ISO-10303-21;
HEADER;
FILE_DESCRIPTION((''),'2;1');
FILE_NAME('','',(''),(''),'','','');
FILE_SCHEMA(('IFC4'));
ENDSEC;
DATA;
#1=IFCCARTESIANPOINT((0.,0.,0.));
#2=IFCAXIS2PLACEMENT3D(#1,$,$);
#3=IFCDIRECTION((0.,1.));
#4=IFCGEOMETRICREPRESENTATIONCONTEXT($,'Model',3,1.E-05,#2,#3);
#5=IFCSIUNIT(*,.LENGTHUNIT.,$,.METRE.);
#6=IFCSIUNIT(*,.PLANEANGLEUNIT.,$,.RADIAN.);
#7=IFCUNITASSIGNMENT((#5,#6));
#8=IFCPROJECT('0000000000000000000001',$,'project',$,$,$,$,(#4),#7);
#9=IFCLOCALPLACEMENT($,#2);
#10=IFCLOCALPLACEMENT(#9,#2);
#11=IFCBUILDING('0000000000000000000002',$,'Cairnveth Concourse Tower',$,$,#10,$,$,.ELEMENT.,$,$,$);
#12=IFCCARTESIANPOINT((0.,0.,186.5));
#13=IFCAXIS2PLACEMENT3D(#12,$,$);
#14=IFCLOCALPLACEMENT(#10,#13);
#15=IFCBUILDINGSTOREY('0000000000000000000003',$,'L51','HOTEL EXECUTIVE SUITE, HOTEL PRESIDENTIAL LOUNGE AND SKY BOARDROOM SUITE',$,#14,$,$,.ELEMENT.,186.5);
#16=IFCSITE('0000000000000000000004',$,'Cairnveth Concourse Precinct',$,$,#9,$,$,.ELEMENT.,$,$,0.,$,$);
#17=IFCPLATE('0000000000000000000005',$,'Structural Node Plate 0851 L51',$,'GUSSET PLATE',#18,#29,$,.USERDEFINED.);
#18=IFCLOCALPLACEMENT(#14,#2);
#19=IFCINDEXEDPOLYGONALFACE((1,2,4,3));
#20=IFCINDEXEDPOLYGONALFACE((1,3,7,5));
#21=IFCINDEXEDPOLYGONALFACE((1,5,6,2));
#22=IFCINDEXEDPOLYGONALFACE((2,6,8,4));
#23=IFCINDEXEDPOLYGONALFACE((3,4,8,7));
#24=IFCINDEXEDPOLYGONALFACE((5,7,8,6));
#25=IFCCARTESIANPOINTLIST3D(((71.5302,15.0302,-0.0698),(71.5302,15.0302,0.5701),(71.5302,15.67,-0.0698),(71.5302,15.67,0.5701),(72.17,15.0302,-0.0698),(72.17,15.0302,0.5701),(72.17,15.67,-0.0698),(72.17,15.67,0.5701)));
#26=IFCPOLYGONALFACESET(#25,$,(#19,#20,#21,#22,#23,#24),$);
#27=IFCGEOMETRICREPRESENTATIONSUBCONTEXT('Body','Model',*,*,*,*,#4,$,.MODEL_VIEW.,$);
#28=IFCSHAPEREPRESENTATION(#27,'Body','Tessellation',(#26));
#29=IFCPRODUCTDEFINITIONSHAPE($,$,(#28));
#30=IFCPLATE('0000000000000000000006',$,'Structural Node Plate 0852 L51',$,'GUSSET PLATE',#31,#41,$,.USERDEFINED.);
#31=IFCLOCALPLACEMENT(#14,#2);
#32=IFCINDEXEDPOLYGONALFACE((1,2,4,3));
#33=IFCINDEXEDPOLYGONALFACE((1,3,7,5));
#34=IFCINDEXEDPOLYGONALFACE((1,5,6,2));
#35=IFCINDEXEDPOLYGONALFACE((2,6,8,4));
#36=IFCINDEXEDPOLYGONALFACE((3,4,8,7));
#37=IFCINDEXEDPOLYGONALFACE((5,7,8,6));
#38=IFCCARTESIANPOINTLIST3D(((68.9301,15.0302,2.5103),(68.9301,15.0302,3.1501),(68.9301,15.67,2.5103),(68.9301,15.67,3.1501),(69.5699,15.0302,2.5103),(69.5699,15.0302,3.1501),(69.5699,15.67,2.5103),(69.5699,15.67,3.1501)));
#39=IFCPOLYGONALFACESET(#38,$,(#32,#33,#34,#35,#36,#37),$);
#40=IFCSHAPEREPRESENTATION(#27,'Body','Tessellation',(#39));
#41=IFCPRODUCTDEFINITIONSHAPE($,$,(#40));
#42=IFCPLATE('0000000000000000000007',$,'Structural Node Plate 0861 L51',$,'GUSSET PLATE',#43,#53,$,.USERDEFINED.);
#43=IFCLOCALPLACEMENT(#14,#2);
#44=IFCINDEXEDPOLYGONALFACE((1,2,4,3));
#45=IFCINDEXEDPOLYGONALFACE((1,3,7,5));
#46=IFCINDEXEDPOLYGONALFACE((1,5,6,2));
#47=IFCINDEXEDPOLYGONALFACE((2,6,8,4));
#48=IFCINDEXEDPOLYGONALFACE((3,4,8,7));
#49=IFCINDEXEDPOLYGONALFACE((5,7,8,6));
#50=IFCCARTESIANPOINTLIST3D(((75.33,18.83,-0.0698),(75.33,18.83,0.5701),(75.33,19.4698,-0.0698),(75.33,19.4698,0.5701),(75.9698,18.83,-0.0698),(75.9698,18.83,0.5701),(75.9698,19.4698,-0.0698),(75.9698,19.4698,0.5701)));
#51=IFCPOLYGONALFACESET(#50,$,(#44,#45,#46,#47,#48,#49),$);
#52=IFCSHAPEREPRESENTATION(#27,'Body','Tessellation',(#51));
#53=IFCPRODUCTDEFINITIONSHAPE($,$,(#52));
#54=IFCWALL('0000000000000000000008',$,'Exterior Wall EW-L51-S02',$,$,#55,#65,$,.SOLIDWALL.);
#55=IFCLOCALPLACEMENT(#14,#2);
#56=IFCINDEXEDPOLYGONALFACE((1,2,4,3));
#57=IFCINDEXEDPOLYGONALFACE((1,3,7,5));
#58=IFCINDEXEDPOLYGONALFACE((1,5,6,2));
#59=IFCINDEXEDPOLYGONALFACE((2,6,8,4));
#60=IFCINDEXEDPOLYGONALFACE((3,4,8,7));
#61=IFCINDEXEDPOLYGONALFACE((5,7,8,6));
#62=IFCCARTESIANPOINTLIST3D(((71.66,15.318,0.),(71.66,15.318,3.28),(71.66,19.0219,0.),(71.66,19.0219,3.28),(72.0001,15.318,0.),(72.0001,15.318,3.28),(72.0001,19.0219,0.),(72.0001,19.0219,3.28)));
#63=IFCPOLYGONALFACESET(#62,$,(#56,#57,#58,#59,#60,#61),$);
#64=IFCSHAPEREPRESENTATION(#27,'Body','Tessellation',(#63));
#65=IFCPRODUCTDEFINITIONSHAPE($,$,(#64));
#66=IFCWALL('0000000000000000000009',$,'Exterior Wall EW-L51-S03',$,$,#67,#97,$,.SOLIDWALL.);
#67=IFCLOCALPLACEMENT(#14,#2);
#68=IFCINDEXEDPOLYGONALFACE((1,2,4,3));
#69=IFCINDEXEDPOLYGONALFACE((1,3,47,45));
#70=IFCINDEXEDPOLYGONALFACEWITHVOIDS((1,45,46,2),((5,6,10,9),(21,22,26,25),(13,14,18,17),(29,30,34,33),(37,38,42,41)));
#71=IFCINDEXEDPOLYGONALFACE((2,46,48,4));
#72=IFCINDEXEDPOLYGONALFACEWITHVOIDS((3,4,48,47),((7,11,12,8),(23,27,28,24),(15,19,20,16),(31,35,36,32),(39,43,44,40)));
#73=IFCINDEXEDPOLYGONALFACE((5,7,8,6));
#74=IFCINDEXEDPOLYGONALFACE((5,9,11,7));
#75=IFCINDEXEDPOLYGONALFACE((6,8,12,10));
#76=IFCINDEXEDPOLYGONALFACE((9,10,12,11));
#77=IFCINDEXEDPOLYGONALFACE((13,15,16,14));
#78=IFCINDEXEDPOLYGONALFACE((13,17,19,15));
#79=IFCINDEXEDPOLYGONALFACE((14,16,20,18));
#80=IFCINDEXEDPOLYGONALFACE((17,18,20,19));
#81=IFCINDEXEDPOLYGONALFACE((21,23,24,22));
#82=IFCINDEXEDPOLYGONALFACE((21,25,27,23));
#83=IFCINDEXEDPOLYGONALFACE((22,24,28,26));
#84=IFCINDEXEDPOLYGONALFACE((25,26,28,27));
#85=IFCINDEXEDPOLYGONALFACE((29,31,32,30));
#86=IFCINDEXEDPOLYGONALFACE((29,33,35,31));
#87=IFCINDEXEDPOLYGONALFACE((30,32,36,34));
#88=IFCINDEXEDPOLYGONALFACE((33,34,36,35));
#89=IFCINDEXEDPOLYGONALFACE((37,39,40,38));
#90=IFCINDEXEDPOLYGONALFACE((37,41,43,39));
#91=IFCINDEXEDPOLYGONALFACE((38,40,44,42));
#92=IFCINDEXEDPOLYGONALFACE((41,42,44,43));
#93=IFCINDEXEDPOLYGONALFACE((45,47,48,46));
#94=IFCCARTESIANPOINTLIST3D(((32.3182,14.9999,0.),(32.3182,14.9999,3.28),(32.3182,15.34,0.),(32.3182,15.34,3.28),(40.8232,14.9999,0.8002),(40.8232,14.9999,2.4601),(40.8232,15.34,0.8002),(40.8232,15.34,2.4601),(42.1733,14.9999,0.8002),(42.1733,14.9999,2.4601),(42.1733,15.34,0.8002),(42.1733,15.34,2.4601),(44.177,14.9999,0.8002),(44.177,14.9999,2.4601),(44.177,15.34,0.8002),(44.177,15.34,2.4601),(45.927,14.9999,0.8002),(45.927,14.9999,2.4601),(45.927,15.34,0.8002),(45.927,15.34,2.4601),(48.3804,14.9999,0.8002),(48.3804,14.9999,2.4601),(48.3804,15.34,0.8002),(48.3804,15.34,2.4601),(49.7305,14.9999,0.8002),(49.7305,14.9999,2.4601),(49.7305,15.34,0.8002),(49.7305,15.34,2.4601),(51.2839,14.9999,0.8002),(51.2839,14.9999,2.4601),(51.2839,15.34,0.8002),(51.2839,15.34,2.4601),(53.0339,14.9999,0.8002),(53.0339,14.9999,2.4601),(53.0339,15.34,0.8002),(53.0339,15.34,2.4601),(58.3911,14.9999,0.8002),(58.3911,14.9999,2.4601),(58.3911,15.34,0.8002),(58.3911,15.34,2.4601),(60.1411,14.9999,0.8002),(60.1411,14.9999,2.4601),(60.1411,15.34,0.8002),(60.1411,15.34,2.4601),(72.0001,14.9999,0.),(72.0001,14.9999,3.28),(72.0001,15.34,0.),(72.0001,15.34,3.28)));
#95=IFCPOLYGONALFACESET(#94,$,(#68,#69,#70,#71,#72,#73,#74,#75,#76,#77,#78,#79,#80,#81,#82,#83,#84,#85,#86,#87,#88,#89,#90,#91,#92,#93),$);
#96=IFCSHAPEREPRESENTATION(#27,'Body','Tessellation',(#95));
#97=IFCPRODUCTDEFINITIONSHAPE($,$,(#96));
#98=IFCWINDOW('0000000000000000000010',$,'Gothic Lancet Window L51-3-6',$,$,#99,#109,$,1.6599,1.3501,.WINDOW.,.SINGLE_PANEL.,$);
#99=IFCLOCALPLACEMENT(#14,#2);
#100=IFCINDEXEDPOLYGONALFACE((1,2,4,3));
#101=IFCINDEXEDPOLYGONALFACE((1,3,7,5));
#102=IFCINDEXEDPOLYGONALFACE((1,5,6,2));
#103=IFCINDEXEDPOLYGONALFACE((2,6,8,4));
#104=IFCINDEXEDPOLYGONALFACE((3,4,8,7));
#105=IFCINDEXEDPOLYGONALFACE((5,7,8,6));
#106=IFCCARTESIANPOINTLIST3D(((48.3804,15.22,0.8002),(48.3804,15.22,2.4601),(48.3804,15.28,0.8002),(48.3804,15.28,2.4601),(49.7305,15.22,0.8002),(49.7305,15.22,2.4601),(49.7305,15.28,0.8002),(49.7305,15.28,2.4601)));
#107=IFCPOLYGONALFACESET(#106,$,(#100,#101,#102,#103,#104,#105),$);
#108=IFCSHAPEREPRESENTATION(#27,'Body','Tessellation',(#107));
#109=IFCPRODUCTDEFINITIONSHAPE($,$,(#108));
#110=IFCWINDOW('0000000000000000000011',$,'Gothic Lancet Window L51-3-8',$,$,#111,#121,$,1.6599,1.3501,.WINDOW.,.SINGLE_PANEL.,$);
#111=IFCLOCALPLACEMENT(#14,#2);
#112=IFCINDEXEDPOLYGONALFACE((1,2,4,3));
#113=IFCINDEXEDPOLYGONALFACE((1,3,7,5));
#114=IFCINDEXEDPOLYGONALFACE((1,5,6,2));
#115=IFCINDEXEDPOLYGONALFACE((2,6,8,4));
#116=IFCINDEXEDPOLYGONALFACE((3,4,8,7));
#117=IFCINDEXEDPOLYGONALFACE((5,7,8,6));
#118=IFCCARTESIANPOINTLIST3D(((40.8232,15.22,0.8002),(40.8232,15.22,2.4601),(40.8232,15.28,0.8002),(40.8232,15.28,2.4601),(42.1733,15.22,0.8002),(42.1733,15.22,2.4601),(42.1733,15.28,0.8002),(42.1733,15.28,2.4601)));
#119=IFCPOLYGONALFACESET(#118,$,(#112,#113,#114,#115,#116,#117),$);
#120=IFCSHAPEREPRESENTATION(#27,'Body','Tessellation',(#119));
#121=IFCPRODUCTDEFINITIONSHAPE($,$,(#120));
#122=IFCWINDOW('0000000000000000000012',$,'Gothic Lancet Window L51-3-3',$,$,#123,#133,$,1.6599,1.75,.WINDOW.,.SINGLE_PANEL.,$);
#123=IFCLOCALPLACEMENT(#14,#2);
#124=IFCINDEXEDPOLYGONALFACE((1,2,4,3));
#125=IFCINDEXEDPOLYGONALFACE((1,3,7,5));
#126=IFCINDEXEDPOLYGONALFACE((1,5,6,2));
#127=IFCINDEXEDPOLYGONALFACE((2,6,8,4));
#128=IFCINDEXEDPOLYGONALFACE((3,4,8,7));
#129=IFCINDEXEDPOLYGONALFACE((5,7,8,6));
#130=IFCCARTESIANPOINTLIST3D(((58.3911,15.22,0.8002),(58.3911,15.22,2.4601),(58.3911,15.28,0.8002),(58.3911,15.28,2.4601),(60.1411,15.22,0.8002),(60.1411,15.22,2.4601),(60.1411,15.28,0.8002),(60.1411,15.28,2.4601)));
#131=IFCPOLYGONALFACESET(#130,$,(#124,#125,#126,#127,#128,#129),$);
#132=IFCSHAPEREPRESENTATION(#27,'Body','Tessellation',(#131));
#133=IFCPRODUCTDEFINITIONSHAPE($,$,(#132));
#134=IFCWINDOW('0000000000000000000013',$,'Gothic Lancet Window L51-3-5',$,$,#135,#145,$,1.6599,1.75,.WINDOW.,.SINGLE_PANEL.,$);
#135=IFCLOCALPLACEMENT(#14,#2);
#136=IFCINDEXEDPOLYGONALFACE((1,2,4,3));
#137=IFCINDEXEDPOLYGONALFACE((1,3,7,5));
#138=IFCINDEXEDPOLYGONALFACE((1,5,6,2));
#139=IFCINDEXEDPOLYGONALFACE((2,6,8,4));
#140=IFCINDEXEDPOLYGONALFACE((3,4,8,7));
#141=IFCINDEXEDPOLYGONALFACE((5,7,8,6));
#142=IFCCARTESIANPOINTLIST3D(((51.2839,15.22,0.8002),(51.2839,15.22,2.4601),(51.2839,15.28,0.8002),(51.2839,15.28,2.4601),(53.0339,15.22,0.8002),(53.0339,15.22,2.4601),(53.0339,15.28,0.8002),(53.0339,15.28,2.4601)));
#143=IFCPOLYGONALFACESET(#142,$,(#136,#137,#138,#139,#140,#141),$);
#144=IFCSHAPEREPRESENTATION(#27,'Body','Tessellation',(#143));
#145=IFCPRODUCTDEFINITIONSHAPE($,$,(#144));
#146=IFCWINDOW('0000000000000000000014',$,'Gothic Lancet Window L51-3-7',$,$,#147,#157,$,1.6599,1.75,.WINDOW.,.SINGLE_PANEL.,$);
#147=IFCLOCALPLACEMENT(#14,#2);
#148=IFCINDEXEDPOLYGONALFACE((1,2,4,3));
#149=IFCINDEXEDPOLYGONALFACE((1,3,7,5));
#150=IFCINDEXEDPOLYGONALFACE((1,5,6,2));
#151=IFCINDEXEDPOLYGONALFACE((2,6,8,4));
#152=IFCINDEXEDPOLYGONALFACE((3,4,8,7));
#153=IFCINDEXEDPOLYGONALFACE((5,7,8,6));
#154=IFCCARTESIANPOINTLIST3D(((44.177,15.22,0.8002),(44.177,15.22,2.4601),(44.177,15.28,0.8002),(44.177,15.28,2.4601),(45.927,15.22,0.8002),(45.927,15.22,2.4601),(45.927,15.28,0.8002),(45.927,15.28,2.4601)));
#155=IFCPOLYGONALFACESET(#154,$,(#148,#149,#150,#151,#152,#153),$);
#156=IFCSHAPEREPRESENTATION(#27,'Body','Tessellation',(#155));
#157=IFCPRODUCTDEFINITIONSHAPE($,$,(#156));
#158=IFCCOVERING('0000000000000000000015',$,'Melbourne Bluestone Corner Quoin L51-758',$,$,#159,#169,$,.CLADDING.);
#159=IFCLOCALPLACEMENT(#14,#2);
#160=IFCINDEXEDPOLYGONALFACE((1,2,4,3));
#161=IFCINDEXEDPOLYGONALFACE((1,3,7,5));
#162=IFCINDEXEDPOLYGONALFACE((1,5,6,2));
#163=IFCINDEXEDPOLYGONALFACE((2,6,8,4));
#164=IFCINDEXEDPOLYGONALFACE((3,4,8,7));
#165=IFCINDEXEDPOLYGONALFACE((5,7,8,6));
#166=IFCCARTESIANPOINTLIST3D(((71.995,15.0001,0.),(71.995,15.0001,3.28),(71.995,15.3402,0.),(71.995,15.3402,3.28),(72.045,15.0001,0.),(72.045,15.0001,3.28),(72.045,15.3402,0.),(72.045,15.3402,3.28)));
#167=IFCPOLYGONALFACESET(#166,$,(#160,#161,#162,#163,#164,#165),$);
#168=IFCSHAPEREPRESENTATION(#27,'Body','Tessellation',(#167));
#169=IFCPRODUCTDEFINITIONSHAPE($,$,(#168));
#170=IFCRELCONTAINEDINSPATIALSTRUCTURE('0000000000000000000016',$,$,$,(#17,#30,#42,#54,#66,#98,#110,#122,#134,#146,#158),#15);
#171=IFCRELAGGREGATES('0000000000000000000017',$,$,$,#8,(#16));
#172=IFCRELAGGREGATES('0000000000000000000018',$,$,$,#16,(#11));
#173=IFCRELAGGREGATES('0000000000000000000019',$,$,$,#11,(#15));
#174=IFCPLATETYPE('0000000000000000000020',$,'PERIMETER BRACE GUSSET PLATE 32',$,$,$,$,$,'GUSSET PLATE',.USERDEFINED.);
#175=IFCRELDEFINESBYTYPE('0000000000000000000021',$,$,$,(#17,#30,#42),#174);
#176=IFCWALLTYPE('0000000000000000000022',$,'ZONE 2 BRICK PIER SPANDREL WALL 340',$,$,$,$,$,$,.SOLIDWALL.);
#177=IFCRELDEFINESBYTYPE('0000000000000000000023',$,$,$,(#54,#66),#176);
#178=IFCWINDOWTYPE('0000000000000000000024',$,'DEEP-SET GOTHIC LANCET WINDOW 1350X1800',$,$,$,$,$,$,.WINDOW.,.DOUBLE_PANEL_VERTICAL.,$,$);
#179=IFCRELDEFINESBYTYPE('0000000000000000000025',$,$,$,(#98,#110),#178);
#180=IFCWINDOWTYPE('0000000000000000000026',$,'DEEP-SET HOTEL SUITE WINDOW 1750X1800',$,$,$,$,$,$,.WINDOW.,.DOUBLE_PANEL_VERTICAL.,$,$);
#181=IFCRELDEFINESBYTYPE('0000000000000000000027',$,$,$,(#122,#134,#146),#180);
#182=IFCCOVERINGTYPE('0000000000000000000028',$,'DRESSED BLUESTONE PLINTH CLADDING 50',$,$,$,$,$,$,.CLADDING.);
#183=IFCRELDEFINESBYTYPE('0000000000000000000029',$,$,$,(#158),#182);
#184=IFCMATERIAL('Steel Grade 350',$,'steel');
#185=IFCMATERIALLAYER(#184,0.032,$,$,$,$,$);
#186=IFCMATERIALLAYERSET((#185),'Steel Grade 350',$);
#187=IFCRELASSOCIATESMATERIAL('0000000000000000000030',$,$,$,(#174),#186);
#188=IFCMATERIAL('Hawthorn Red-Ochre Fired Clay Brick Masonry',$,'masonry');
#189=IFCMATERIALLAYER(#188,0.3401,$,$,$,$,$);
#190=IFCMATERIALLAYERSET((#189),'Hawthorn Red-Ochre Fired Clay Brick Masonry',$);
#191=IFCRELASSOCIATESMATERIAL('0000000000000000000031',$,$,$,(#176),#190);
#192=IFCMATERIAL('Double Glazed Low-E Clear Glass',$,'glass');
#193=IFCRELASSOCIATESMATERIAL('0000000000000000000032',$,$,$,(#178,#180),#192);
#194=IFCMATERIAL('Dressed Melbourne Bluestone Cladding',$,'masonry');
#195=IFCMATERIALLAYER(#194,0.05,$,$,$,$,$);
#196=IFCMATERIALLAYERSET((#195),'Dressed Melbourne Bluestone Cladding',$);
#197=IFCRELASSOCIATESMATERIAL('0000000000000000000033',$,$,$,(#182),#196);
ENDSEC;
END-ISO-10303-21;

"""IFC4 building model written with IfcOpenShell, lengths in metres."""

from ifc_helpers import new_model, si_unit, direction, frame, frame_2d, origin, origin_2d, place, context, subcontext, project, spatial, rectangle, extrude, material, layer, layer_set, type_object, element, fill, save


model = new_model("IFC4")

# Units and contexts
model_context = context("Model", 3, precision=1e-05, world=origin(), true_north=direction((0.0, 1.0)))
body_context = subcontext(model_context, "Body", "Model", "MODEL_VIEW")
ifc_project = project(units=[si_unit("LENGTHUNIT", "METRE"), si_unit("PLANEANGLEUNIT", "RADIAN")], contexts=[model_context])

# Site, building, storey
site_placement = place(None, origin())
site = spatial("IfcSite", under=ifc_project, at=site_placement, Name="Cairnveth Concourse Precinct", CompositionType="ELEMENT", RefElevation=0.0)
building_placement = place(site_placement, origin())
building = spatial("IfcBuilding", under=site, at=building_placement, Name="Cairnveth Concourse Tower", CompositionType="ELEMENT")
storey_placement = place(building_placement, frame((0.0, 0.0, 186.5)))
storey = spatial("IfcBuildingStorey", under=building, at=storey_placement, Name="L51", Description="HOTEL EXECUTIVE SUITE, HOTEL PRESIDENTIAL LOUNGE AND SKY BOARDROOM SUITE", CompositionType="ELEMENT", Elevation=186.5)

# Shared definitions
ifc_material_1 = material(Name="Steel Grade 350", Category="steel")

# Plates
ifc_layer_1 = layer(ifc_material_1, 0.032)
ifc_layer_set_1 = layer_set([ifc_layer_1], Name="Steel Grade 350")
plate_type = type_object("IfcPlateType", Name="PERIMETER BRACE GUSSET PLATE 32", ElementType="GUSSET PLATE", PredefinedType="USERDEFINED", material=ifc_layer_set_1)
for number, where, z_axis, x_axis, name in (
    (1, (71.8501, 15.3501, -0.0698), (0.0, 0.0, 1.0), (1.0, 0.0, 0.0), "Structural Node Plate 0851 L51"),
    (2, (69.25, 15.3501, 2.5103), (0.0, 0.0, 1.0), (1.0, 0.0, 0.0), "Structural Node Plate 0852 L51"),
    (3, (75.6499, 19.1499, -0.0698), (0.0, 0.0, 1.0), (1.0, 0.0, 0.0), "Structural Node Plate 0861 L51"),
):
    element("IfcPlate", number, at=place(storey_placement, frame(where, z_axis=z_axis, x_axis=x_axis)), inside=storey, type_object=plate_type, Name=name, ObjectType="GUSSET PLATE", PredefinedType="USERDEFINED", context=body_context, shape_type="SweptSolid", body=[
        extrude(rectangle(XDim=0.6399, YDim=0.6399, at=origin_2d()), origin(), (0.0, 0.0, 1.0), 0.6399),
    ])

# Wall
ifc_material_2 = material(Name="Hawthorn Red-Ochre Fired Clay Brick Masonry", Category="masonry")
ifc_layer_2 = layer(ifc_material_2, 0.3401)
ifc_layer_set_2 = layer_set([ifc_layer_2], Name="Hawthorn Red-Ochre Fired Clay Brick Masonry")
wall_type = type_object("IfcWallType", Name="ZONE 2 BRICK PIER SPANDREL WALL 340", PredefinedType="SOLIDWALL", material=ifc_layer_set_2)
wall_1_placement = place(storey_placement, frame((71.8301, 19.022, 0.0), z_axis=(0.0, 0.0, 1.0), x_axis=(0.0, -1.0, 0.0)))
element("IfcWall", 4, at=wall_1_placement, inside=storey, type_object=wall_type, Name="Exterior Wall EW-L51-S02", PredefinedType="SOLIDWALL", context=body_context, shape_type="SweptSolid", body=[
    extrude(rectangle(XDim=3.7039, YDim=0.3401, at=frame_2d((1.8521, 0.0))), origin(), (0.0, 0.0, 1.0), 3.28),
])

# Wall, openings, windows
wall_2_placement = place(storey_placement, frame((72.0, 15.1699, 0.0), z_axis=(0.0, 0.0, 1.0), x_axis=(-1.0, 0.0, 0.0)))
wall_2 = element("IfcWall", 5, at=wall_2_placement, inside=storey, type_object=wall_type, Name="Exterior Wall EW-L51-S03", PredefinedType="SOLIDWALL", context=body_context, shape_type="SweptSolid", body=[
    extrude(rectangle(XDim=39.6819, YDim=0.3401, at=frame_2d((19.8408, 0.0))), origin(), (0.0, 0.0, 1.0), 3.28),
])
opening_1_placement = place(wall_2_placement, frame((11.8589, 0.0, 0.8)))
opening_1 = element("IfcOpeningElement", 6, at=opening_1_placement, cuts=wall_2, PredefinedType="OPENING", context=body_context, shape_type="SweptSolid", body=[
    extrude(rectangle(XDim=1.75, YDim=1.6599, at=frame_2d((0.875, 0.8301))), frame((0.0, 0.1799, 0.0), z_axis=(0.0, -1.0, 0.0), x_axis=(1.0, 0.0, 0.0)), (0.0, 0.0, 1.0), 0.3601),
])
opening_2_placement = place(wall_2_placement, frame((18.9661, 0.0, 0.8)))
opening_2 = element("IfcOpeningElement", 7, at=opening_2_placement, cuts=wall_2, PredefinedType="OPENING", context=body_context, shape_type="SweptSolid", body=[
    extrude(rectangle(XDim=1.75, YDim=1.6599, at=frame_2d((0.875, 0.8301))), frame((0.0, 0.1799, 0.0), z_axis=(0.0, -1.0, 0.0), x_axis=(1.0, 0.0, 0.0)), (0.0, 0.0, 1.0), 0.3601),
])
opening_3_placement = place(wall_2_placement, frame((22.2695, 0.0, 0.8)))
opening_3 = element("IfcOpeningElement", 8, at=opening_3_placement, cuts=wall_2, PredefinedType="OPENING", context=body_context, shape_type="SweptSolid", body=[
    extrude(rectangle(XDim=1.3501, YDim=1.6599, at=frame_2d((0.675, 0.8301))), frame((0.0, 0.1799, 0.0), z_axis=(0.0, -1.0, 0.0), x_axis=(1.0, 0.0, 0.0)), (0.0, 0.0, 1.0), 0.3601),
])
opening_4_placement = place(wall_2_placement, frame((26.073, 0.0, 0.8)))
opening_4 = element("IfcOpeningElement", 9, at=opening_4_placement, cuts=wall_2, PredefinedType="OPENING", context=body_context, shape_type="SweptSolid", body=[
    extrude(rectangle(XDim=1.75, YDim=1.6599, at=frame_2d((0.875, 0.8301))), frame((0.0, 0.1799, 0.0), z_axis=(0.0, -1.0, 0.0), x_axis=(1.0, 0.0, 0.0)), (0.0, 0.0, 1.0), 0.3601),
])
opening_5_placement = place(wall_2_placement, frame((29.8267, 0.0, 0.8)))
opening_5 = element("IfcOpeningElement", 10, at=opening_5_placement, cuts=wall_2, PredefinedType="OPENING", context=body_context, shape_type="SweptSolid", body=[
    extrude(rectangle(XDim=1.3501, YDim=1.6599, at=frame_2d((0.675, 0.8301))), frame((0.0, 0.1799, 0.0), z_axis=(0.0, -1.0, 0.0), x_axis=(1.0, 0.0, 0.0)), (0.0, 0.0, 1.0), 0.3601),
])
ifc_material_3 = material(Name="Double Glazed Low-E Clear Glass", Category="glass")
window_type_1 = type_object("IfcWindowType", Name="DEEP-SET GOTHIC LANCET WINDOW 1350X1800", PartitioningType="DOUBLE_PANEL_VERTICAL", PredefinedType="WINDOW", material=ifc_material_3)
window_1_placement = place(opening_3_placement, origin())
window_1 = element("IfcWindow", 11, at=window_1_placement, inside=storey, type_object=window_type_1, Name="Gothic Lancet Window L51-3-6", OverallHeight=1.6599, OverallWidth=1.3501, PartitioningType="SINGLE_PANEL", PredefinedType="WINDOW", context=body_context, shape_type="SweptSolid", body=[
    extrude(rectangle(XDim=1.3501, YDim=1.6599, at=frame_2d((0.675, 0.8301))), frame((0.0, -0.05, 0.0), z_axis=(0.0, -1.0, 0.0), x_axis=(1.0, 0.0, 0.0)), (0.0, 0.0, 1.0), 0.0601),
])
fill(opening_3, window_1)
window_2_placement = place(opening_5_placement, origin())
window_2 = element("IfcWindow", 12, at=window_2_placement, inside=storey, type_object=window_type_1, Name="Gothic Lancet Window L51-3-8", OverallHeight=1.6599, OverallWidth=1.3501, PartitioningType="SINGLE_PANEL", PredefinedType="WINDOW", context=body_context, shape_type="SweptSolid", body=[
    extrude(rectangle(XDim=1.3501, YDim=1.6599, at=frame_2d((0.675, 0.8301))), frame((0.0, -0.05, 0.0), z_axis=(0.0, -1.0, 0.0), x_axis=(1.0, 0.0, 0.0)), (0.0, 0.0, 1.0), 0.0601),
])
fill(opening_5, window_2)
window_type_2 = type_object("IfcWindowType", Name="DEEP-SET HOTEL SUITE WINDOW 1750X1800", PartitioningType="DOUBLE_PANEL_VERTICAL", PredefinedType="WINDOW", material=ifc_material_3)
window_3_placement = place(opening_1_placement, origin())
window_3 = element("IfcWindow", 13, at=window_3_placement, inside=storey, type_object=window_type_2, Name="Gothic Lancet Window L51-3-3", OverallHeight=1.6599, OverallWidth=1.75, PartitioningType="SINGLE_PANEL", PredefinedType="WINDOW", context=body_context, shape_type="SweptSolid", body=[
    extrude(rectangle(XDim=1.75, YDim=1.6599, at=frame_2d((0.875, 0.8301))), frame((0.0, -0.05, 0.0), z_axis=(0.0, -1.0, 0.0), x_axis=(1.0, 0.0, 0.0)), (0.0, 0.0, 1.0), 0.0601),
])
fill(opening_1, window_3)
window_4_placement = place(opening_2_placement, origin())
window_4 = element("IfcWindow", 14, at=window_4_placement, inside=storey, type_object=window_type_2, Name="Gothic Lancet Window L51-3-5", OverallHeight=1.6599, OverallWidth=1.75, PartitioningType="SINGLE_PANEL", PredefinedType="WINDOW", context=body_context, shape_type="SweptSolid", body=[
    extrude(rectangle(XDim=1.75, YDim=1.6599, at=frame_2d((0.875, 0.8301))), frame((0.0, -0.05, 0.0), z_axis=(0.0, -1.0, 0.0), x_axis=(1.0, 0.0, 0.0)), (0.0, 0.0, 1.0), 0.0601),
])
fill(opening_2, window_4)
window_5_placement = place(opening_4_placement, origin())
window_5 = element("IfcWindow", 15, at=window_5_placement, inside=storey, type_object=window_type_2, Name="Gothic Lancet Window L51-3-7", OverallHeight=1.6599, OverallWidth=1.75, PartitioningType="SINGLE_PANEL", PredefinedType="WINDOW", context=body_context, shape_type="SweptSolid", body=[
    extrude(rectangle(XDim=1.75, YDim=1.6599, at=frame_2d((0.875, 0.8301))), frame((0.0, -0.05, 0.0), z_axis=(0.0, -1.0, 0.0), x_axis=(1.0, 0.0, 0.0)), (0.0, 0.0, 1.0), 0.0601),
])
fill(opening_4, window_5)

# Covering
ifc_material_4 = material(Name="Dressed Melbourne Bluestone Cladding", Category="masonry")
ifc_layer_3 = layer(ifc_material_4, 0.05)
ifc_layer_set_3 = layer_set([ifc_layer_3], Name="Dressed Melbourne Bluestone Cladding")
covering_type = type_object("IfcCoveringType", Name="DRESSED BLUESTONE PLINTH CLADDING 50", PredefinedType="CLADDING", material=ifc_layer_set_3)
covering_placement = place(storey_placement, frame((72.02, 15.3401, 0.0), z_axis=(0.0, 0.0, 1.0), x_axis=(0.0, -1.0, 0.0)))
element("IfcCovering", 16, at=covering_placement, inside=storey, type_object=covering_type, Name="Melbourne Bluestone Corner Quoin L51-758", PredefinedType="CLADDING", context=body_context, shape_type="SweptSolid", body=[
    extrude(rectangle(XDim=0.3401, YDim=0.05, at=frame_2d((0.1699, 0.0))), origin(), (0.0, 0.0, 1.0), 3.28),
])

save(model, "model.ifc")
